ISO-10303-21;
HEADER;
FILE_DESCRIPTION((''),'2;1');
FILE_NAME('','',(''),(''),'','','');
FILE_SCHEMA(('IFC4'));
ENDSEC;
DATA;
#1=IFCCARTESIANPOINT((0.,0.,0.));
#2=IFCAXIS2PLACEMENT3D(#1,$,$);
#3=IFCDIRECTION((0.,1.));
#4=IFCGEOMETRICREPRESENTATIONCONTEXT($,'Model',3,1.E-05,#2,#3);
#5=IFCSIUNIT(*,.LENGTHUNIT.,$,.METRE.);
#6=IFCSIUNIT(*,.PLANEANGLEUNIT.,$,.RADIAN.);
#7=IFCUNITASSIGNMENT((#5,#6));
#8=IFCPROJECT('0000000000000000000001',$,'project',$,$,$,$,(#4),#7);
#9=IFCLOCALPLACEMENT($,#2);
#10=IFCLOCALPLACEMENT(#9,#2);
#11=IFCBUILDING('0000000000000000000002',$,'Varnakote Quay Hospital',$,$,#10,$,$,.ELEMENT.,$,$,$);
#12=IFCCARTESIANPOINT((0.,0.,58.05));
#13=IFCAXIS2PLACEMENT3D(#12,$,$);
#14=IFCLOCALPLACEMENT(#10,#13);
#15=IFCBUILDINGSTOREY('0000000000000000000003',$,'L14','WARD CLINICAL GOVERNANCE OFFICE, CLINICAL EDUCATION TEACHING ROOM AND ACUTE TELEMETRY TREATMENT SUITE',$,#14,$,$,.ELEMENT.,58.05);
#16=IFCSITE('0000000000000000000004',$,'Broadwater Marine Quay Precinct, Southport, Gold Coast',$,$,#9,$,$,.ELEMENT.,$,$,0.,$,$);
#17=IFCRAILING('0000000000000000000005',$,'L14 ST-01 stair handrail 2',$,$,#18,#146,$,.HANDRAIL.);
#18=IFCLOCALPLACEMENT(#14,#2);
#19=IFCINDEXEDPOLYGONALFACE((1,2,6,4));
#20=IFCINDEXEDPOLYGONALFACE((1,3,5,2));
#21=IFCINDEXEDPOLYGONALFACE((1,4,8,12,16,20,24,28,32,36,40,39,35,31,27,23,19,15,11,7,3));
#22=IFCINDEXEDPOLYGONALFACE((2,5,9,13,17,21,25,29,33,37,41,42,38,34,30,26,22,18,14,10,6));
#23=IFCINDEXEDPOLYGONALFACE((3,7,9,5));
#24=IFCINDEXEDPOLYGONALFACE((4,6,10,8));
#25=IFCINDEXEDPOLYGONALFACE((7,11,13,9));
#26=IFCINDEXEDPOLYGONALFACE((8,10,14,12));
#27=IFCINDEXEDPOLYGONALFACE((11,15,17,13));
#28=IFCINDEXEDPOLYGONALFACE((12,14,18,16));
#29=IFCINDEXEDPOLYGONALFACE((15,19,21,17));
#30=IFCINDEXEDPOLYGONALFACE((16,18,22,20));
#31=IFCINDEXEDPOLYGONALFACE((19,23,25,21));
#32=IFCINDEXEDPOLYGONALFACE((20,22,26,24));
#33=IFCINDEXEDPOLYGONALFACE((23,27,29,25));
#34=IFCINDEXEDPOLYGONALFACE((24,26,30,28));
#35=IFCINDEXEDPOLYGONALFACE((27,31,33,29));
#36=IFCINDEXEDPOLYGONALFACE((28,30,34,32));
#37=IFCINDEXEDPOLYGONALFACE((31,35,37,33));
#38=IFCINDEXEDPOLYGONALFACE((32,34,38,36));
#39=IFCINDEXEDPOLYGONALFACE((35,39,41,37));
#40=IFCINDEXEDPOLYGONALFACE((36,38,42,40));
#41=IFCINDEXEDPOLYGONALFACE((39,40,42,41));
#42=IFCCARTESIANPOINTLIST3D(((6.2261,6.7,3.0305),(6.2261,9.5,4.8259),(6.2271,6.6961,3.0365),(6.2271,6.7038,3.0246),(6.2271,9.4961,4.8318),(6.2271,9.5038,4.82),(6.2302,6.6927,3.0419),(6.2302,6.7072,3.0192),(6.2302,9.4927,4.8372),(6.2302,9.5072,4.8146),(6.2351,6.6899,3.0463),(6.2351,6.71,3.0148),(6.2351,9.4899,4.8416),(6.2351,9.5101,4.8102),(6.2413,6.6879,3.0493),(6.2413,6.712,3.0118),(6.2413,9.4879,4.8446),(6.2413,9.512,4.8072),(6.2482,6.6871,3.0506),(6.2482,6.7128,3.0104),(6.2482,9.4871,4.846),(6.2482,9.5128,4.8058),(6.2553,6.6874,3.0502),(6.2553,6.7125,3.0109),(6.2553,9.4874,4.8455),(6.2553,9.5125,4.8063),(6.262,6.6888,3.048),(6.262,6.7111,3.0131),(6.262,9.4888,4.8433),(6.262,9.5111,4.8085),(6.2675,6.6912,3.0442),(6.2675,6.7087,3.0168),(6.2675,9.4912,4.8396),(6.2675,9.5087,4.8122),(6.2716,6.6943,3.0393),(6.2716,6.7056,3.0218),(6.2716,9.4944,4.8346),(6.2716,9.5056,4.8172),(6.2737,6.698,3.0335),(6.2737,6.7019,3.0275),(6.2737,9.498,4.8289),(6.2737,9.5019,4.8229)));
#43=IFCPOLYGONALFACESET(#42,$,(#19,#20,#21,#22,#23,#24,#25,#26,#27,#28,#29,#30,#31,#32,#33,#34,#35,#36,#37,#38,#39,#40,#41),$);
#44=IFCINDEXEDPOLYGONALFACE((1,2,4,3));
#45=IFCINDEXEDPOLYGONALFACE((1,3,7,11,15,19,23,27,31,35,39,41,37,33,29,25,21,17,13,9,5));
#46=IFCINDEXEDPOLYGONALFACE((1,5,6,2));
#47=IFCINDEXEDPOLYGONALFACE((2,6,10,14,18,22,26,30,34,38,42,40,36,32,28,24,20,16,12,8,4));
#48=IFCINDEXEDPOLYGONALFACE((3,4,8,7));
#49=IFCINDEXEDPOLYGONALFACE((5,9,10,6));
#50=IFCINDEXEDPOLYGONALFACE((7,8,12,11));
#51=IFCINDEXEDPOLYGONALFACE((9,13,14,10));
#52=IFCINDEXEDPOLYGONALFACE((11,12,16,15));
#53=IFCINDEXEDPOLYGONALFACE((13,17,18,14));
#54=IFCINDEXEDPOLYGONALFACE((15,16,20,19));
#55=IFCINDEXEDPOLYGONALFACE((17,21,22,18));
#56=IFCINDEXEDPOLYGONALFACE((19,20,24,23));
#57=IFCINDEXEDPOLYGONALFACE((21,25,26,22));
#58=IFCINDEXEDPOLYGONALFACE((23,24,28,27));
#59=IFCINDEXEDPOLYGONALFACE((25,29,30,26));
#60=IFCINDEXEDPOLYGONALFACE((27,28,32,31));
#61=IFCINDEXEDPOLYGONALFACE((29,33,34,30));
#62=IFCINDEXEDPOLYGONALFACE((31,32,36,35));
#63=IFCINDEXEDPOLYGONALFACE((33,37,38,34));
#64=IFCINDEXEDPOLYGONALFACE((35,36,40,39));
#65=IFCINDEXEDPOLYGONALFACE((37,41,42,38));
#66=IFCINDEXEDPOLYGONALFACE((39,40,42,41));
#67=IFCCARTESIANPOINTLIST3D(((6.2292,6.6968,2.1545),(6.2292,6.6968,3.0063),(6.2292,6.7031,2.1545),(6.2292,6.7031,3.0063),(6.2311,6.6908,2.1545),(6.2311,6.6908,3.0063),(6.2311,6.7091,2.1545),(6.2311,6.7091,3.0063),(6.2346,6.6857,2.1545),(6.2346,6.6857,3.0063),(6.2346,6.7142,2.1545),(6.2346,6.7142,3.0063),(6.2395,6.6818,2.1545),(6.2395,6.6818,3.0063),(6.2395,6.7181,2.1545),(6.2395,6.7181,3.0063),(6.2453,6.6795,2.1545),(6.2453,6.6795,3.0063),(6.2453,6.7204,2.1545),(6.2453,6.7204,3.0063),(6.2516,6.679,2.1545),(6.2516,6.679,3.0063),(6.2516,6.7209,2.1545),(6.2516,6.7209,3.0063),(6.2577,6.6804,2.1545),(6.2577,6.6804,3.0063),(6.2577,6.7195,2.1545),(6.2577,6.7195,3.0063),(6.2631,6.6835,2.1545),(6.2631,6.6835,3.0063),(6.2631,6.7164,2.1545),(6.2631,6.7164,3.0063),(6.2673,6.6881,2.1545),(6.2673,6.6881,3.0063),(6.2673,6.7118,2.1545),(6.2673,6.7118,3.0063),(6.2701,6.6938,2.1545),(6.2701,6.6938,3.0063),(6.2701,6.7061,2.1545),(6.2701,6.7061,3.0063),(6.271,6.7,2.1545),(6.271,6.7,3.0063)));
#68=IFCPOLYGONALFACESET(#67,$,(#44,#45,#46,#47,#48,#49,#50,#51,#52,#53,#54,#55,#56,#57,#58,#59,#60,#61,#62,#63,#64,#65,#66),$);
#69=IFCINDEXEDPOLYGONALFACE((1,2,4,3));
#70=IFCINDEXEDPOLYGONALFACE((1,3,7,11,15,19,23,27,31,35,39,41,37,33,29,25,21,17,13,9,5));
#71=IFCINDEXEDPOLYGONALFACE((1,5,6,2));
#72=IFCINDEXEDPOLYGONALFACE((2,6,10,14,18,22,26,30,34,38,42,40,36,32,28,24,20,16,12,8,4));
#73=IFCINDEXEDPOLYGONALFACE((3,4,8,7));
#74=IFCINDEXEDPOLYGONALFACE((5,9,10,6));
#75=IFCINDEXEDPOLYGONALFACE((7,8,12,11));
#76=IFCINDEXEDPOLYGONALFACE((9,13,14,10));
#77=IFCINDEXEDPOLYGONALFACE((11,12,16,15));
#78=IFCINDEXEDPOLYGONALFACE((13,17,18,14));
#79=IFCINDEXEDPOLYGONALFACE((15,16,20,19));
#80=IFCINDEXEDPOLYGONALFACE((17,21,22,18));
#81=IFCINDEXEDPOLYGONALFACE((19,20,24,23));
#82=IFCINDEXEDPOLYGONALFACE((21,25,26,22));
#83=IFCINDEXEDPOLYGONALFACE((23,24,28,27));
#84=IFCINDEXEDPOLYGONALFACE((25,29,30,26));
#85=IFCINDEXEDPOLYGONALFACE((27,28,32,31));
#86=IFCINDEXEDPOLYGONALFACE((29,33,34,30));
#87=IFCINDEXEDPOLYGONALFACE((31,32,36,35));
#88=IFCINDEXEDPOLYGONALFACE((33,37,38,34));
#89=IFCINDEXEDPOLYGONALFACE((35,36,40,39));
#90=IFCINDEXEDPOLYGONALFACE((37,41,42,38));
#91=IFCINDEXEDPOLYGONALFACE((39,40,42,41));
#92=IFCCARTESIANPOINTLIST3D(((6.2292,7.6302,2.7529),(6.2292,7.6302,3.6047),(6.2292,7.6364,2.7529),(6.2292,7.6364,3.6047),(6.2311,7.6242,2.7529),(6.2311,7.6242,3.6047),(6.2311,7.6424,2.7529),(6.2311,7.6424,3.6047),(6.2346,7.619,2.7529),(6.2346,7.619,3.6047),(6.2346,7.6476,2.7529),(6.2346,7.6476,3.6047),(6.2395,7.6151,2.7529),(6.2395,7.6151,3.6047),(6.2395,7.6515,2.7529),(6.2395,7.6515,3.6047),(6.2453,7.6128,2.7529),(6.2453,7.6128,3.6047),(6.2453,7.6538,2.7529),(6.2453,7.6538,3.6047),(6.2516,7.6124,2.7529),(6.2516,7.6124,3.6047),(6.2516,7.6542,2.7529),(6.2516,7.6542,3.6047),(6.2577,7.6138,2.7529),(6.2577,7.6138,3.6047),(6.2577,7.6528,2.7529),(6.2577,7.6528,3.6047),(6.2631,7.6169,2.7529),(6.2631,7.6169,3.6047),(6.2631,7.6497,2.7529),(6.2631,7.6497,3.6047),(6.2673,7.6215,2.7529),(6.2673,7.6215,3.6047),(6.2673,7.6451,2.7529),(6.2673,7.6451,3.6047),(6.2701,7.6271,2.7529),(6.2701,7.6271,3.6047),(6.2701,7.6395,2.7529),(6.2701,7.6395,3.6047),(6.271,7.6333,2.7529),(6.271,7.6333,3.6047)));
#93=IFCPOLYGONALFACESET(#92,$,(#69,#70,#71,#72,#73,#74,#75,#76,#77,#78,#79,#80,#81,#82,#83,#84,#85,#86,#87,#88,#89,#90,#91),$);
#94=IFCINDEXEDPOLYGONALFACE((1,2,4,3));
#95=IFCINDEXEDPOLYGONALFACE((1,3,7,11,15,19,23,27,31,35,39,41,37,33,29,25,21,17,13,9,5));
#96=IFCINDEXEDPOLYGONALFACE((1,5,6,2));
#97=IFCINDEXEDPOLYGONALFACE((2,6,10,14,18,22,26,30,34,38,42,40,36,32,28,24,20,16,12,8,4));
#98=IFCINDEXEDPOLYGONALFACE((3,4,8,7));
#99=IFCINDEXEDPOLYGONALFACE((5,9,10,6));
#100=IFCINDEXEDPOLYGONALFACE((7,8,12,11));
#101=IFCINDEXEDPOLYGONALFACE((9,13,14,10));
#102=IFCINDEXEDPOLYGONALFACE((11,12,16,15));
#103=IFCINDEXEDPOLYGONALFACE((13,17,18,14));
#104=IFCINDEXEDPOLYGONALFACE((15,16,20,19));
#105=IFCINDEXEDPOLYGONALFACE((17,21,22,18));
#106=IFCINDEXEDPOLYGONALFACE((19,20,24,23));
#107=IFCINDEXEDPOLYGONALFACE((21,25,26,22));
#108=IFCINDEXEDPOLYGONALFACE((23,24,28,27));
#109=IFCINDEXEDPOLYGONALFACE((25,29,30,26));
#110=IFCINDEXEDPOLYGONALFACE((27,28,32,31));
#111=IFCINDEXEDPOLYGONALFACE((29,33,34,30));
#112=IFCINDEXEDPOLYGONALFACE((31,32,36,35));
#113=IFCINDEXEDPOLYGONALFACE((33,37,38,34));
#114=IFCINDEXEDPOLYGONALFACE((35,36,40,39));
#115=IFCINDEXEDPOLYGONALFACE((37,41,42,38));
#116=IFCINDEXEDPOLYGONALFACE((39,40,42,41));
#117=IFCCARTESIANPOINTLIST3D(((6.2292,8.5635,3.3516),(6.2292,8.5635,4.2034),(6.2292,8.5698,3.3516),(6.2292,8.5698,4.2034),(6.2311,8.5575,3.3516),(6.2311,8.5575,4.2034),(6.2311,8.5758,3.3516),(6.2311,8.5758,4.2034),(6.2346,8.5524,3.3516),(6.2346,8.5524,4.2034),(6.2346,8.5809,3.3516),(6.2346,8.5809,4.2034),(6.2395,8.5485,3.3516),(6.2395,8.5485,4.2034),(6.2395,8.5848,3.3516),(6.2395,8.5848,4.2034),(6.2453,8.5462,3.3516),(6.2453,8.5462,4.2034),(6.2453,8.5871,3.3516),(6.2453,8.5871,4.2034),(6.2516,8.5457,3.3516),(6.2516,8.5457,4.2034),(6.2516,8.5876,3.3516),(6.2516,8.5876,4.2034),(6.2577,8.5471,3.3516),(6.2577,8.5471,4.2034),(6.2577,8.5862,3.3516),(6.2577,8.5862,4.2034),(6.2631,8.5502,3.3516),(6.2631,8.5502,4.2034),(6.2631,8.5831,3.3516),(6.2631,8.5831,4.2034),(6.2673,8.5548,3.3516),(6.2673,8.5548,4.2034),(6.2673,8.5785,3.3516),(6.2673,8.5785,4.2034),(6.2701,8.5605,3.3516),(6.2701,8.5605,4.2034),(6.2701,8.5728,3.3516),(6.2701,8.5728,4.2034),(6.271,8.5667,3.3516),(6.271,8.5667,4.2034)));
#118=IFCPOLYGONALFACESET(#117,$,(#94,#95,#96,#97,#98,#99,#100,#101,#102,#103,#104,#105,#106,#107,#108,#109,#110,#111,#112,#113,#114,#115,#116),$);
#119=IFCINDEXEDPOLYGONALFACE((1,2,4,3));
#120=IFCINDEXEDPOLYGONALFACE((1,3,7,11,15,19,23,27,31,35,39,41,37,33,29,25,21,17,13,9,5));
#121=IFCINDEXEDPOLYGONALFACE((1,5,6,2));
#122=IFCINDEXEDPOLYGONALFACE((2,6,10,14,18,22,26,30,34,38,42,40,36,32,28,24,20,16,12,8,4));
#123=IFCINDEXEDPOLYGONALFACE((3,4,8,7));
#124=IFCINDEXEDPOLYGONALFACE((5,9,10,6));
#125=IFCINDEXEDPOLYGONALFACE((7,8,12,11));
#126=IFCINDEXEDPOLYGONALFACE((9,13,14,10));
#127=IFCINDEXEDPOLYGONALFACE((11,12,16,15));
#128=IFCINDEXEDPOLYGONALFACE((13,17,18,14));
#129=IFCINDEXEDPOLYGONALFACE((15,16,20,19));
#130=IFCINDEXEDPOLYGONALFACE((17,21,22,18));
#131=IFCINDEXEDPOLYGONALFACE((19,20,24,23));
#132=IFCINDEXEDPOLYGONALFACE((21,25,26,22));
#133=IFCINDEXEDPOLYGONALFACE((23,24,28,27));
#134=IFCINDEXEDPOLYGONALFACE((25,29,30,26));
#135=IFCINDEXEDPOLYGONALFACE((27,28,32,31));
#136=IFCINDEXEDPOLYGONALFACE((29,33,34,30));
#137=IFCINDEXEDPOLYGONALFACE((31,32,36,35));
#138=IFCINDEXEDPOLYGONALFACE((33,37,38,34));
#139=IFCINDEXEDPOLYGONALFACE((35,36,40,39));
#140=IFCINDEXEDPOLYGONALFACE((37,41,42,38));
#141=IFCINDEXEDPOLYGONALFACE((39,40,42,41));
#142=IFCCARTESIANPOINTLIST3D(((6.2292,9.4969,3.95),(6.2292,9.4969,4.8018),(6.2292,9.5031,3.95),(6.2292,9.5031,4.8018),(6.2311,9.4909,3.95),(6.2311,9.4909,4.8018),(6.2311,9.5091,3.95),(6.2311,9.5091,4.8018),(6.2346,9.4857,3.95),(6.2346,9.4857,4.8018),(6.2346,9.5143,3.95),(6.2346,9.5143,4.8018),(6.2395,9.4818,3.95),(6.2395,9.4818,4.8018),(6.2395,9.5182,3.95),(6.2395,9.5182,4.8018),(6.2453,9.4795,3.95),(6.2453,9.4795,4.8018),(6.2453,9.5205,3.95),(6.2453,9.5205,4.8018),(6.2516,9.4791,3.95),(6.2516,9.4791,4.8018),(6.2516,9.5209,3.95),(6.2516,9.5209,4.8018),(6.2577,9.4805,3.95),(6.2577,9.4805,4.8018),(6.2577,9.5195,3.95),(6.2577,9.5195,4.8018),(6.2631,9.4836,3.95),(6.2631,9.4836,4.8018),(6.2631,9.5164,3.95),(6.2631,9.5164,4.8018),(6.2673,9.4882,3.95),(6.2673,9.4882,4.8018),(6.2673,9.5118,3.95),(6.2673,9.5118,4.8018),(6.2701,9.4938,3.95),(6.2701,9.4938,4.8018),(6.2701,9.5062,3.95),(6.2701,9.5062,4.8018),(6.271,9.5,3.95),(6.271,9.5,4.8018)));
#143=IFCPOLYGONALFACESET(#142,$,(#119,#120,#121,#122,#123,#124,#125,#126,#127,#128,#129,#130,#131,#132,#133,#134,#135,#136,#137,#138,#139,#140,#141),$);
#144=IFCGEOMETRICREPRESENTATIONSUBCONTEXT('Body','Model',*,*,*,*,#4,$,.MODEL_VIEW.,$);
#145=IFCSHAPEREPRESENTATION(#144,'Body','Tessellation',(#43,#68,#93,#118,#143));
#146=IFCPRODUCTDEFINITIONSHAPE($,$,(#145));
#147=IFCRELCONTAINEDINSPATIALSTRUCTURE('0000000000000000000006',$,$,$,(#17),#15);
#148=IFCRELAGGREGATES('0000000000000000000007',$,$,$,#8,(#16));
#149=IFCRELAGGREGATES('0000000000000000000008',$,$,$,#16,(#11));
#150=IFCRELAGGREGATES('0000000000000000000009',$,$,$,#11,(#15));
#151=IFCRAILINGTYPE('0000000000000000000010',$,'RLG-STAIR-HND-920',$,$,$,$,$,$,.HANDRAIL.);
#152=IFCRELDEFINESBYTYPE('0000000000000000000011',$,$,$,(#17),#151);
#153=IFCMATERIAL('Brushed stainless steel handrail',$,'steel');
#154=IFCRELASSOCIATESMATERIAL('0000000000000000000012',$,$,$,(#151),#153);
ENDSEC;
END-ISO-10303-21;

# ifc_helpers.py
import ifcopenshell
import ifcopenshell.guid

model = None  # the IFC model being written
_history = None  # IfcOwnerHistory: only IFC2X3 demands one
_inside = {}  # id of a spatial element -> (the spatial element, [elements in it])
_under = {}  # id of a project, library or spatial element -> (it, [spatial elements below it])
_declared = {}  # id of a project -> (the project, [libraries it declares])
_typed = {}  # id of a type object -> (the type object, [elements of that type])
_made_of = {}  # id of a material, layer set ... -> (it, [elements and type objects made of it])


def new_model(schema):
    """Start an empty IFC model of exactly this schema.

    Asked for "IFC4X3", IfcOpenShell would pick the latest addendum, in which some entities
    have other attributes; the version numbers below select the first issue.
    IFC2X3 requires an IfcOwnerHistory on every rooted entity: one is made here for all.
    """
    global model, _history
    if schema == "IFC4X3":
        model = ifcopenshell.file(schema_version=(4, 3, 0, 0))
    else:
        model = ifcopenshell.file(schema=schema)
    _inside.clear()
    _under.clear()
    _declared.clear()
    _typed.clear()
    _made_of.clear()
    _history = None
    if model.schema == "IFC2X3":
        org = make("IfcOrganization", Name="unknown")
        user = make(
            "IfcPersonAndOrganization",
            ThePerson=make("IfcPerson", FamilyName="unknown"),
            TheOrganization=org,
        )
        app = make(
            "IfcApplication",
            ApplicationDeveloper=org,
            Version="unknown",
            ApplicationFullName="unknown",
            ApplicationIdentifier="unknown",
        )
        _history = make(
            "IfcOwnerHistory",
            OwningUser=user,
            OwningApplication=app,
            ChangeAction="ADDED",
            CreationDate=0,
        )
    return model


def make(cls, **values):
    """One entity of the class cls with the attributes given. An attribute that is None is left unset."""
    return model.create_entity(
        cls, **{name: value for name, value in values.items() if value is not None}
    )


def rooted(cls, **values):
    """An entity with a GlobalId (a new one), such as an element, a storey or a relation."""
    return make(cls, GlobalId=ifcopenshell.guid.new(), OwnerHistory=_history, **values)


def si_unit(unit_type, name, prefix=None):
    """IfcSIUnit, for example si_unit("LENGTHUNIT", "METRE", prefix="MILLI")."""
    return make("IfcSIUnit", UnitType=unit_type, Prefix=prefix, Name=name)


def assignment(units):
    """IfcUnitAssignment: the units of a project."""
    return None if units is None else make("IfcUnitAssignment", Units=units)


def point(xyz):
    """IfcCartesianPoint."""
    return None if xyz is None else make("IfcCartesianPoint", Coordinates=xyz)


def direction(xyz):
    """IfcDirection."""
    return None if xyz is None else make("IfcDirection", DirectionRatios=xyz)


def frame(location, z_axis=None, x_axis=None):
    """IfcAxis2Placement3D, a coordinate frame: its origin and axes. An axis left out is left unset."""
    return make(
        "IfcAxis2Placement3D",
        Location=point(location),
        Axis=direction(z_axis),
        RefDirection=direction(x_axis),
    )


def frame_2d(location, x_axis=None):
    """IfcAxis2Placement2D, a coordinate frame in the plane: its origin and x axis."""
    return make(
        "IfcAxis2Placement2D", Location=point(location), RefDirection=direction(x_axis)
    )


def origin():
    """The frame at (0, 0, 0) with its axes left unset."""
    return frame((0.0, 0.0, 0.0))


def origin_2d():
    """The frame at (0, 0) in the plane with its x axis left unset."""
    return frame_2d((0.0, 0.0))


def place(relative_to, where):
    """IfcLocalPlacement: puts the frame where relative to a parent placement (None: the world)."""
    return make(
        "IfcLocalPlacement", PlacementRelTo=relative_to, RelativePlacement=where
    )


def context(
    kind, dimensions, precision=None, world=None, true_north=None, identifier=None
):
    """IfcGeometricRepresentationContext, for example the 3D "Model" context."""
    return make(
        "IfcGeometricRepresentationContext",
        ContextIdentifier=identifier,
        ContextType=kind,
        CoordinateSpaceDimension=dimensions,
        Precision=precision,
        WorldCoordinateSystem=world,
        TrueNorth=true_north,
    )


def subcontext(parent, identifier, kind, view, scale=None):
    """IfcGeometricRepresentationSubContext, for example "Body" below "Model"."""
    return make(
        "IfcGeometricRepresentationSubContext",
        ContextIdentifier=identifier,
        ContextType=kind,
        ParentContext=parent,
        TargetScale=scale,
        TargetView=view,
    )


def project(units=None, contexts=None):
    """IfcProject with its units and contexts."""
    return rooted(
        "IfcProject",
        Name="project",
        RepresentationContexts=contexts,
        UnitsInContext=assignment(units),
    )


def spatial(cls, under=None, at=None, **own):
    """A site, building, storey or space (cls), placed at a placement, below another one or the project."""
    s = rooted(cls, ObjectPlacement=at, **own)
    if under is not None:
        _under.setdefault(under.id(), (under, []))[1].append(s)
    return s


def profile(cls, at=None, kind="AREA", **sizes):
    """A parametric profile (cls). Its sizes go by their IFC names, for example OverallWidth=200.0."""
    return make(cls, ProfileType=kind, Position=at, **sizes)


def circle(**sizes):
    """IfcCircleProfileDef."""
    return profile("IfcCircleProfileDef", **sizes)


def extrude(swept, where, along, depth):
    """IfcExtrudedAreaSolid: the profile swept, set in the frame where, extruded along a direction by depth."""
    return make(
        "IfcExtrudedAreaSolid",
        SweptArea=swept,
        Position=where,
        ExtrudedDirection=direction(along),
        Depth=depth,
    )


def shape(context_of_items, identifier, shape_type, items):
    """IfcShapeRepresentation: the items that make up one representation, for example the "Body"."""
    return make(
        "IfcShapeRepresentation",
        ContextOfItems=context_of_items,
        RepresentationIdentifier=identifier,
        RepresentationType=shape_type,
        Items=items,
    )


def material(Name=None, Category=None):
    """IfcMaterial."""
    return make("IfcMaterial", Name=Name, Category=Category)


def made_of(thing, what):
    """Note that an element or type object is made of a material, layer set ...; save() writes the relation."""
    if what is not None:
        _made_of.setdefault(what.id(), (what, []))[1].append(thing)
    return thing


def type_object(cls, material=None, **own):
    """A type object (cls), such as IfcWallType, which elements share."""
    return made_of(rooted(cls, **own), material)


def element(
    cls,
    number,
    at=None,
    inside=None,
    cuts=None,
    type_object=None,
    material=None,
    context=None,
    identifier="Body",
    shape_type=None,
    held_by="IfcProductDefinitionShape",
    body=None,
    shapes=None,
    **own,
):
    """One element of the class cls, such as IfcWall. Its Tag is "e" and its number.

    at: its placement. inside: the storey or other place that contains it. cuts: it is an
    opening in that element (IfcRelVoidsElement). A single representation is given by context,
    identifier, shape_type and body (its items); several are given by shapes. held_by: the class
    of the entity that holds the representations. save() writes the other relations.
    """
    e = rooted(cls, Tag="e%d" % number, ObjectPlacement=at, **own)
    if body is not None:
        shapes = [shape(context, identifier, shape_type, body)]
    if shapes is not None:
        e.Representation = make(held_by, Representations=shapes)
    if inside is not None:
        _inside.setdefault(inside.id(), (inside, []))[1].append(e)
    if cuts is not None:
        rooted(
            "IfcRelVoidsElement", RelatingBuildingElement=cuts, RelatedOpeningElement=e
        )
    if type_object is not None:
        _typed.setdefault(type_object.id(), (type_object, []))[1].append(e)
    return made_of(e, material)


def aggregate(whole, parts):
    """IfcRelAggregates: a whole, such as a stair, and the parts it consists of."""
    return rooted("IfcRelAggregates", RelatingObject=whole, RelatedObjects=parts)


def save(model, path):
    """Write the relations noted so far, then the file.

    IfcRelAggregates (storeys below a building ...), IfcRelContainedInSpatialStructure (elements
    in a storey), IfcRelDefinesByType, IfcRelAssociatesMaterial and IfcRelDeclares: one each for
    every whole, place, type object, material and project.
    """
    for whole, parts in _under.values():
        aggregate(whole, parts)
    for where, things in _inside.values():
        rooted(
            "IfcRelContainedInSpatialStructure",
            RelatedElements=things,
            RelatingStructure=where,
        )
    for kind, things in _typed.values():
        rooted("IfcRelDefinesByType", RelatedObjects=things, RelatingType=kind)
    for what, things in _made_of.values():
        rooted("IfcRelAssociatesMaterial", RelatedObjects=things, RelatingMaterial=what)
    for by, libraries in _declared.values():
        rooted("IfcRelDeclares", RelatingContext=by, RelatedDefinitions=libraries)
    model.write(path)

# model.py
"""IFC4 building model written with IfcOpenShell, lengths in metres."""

from ifc_helpers import new_model, si_unit, direction, frame, origin, origin_2d, place, context, subcontext, project, spatial, circle, extrude, material, type_object, element, save


model = new_model("IFC4")

# Units and contexts
model_context = context("Model", 3, precision=1e-05, world=origin(), true_north=direction((0.0, 1.0)))
body_context = subcontext(model_context, "Body", "Model", "MODEL_VIEW")
ifc_project = project(units=[si_unit("LENGTHUNIT", "METRE"), si_unit("PLANEANGLEUNIT", "RADIAN")], contexts=[model_context])

# Site, building, storey
site_placement = place(None, origin())
site = spatial("IfcSite", under=ifc_project, at=site_placement, Name="Broadwater Marine Quay Precinct, Southport, Gold Coast", CompositionType="ELEMENT", RefElevation=0.0)
building_placement = place(site_placement, origin())
building = spatial("IfcBuilding", under=site, at=building_placement, Name="Varnakote Quay Hospital", CompositionType="ELEMENT")
storey_placement = place(building_placement, frame((0.0, 0.0, 58.05)))
storey = spatial("IfcBuildingStorey", under=building, at=storey_placement, Name="L14", Description="WARD CLINICAL GOVERNANCE OFFICE, CLINICAL EDUCATION TEACHING ROOM AND ACUTE TELEMETRY TREATMENT SUITE", CompositionType="ELEMENT", Elevation=58.05)

# Railing
ifc_material_1 = material(Name="Brushed stainless steel handrail", Category="steel")
railing_type_1 = type_object("IfcRailingType", Name="RLG-STAIR-HND-920", PredefinedType="HANDRAIL", material=ifc_material_1)
railing_1_placement = place(storey_placement, frame((6.25, 6.7, 2.1545)))
element("IfcRailing", 1, at=railing_1_placement, inside=storey, type_object=railing_type_1, Name="L14 ST-01 stair handrail 2", PredefinedType="HANDRAIL", context=body_context, shape_type="SweptSolid", body=[
    extrude(circle(Radius=0.0239, at=origin_2d()), frame((0.0, 0.0, 0.876), z_axis=(0.0, 0.84181, 0.539774), x_axis=(-1.0, 0.0, 0.0)), (0.0, 0.0, 1.0), 3.3262),
    extrude(circle(Radius=0.021, at=origin_2d()), origin(), (0.0, 0.0, 1.0), 0.8518),
    extrude(circle(Radius=0.021, at=origin_2d()), frame((0.0, 0.9333, 0.5984)), (0.0, 0.0, 1.0), 0.8518),
    extrude(circle(Radius=0.021, at=origin_2d()), frame((0.0, 1.8667, 1.197)), (0.0, 0.0, 1.0), 0.8518),
    extrude(circle(Radius=0.021, at=origin_2d()), frame((0.0, 2.8, 1.7954)), (0.0, 0.0, 1.0), 0.8518),
])

save(model, "model.ifc")
